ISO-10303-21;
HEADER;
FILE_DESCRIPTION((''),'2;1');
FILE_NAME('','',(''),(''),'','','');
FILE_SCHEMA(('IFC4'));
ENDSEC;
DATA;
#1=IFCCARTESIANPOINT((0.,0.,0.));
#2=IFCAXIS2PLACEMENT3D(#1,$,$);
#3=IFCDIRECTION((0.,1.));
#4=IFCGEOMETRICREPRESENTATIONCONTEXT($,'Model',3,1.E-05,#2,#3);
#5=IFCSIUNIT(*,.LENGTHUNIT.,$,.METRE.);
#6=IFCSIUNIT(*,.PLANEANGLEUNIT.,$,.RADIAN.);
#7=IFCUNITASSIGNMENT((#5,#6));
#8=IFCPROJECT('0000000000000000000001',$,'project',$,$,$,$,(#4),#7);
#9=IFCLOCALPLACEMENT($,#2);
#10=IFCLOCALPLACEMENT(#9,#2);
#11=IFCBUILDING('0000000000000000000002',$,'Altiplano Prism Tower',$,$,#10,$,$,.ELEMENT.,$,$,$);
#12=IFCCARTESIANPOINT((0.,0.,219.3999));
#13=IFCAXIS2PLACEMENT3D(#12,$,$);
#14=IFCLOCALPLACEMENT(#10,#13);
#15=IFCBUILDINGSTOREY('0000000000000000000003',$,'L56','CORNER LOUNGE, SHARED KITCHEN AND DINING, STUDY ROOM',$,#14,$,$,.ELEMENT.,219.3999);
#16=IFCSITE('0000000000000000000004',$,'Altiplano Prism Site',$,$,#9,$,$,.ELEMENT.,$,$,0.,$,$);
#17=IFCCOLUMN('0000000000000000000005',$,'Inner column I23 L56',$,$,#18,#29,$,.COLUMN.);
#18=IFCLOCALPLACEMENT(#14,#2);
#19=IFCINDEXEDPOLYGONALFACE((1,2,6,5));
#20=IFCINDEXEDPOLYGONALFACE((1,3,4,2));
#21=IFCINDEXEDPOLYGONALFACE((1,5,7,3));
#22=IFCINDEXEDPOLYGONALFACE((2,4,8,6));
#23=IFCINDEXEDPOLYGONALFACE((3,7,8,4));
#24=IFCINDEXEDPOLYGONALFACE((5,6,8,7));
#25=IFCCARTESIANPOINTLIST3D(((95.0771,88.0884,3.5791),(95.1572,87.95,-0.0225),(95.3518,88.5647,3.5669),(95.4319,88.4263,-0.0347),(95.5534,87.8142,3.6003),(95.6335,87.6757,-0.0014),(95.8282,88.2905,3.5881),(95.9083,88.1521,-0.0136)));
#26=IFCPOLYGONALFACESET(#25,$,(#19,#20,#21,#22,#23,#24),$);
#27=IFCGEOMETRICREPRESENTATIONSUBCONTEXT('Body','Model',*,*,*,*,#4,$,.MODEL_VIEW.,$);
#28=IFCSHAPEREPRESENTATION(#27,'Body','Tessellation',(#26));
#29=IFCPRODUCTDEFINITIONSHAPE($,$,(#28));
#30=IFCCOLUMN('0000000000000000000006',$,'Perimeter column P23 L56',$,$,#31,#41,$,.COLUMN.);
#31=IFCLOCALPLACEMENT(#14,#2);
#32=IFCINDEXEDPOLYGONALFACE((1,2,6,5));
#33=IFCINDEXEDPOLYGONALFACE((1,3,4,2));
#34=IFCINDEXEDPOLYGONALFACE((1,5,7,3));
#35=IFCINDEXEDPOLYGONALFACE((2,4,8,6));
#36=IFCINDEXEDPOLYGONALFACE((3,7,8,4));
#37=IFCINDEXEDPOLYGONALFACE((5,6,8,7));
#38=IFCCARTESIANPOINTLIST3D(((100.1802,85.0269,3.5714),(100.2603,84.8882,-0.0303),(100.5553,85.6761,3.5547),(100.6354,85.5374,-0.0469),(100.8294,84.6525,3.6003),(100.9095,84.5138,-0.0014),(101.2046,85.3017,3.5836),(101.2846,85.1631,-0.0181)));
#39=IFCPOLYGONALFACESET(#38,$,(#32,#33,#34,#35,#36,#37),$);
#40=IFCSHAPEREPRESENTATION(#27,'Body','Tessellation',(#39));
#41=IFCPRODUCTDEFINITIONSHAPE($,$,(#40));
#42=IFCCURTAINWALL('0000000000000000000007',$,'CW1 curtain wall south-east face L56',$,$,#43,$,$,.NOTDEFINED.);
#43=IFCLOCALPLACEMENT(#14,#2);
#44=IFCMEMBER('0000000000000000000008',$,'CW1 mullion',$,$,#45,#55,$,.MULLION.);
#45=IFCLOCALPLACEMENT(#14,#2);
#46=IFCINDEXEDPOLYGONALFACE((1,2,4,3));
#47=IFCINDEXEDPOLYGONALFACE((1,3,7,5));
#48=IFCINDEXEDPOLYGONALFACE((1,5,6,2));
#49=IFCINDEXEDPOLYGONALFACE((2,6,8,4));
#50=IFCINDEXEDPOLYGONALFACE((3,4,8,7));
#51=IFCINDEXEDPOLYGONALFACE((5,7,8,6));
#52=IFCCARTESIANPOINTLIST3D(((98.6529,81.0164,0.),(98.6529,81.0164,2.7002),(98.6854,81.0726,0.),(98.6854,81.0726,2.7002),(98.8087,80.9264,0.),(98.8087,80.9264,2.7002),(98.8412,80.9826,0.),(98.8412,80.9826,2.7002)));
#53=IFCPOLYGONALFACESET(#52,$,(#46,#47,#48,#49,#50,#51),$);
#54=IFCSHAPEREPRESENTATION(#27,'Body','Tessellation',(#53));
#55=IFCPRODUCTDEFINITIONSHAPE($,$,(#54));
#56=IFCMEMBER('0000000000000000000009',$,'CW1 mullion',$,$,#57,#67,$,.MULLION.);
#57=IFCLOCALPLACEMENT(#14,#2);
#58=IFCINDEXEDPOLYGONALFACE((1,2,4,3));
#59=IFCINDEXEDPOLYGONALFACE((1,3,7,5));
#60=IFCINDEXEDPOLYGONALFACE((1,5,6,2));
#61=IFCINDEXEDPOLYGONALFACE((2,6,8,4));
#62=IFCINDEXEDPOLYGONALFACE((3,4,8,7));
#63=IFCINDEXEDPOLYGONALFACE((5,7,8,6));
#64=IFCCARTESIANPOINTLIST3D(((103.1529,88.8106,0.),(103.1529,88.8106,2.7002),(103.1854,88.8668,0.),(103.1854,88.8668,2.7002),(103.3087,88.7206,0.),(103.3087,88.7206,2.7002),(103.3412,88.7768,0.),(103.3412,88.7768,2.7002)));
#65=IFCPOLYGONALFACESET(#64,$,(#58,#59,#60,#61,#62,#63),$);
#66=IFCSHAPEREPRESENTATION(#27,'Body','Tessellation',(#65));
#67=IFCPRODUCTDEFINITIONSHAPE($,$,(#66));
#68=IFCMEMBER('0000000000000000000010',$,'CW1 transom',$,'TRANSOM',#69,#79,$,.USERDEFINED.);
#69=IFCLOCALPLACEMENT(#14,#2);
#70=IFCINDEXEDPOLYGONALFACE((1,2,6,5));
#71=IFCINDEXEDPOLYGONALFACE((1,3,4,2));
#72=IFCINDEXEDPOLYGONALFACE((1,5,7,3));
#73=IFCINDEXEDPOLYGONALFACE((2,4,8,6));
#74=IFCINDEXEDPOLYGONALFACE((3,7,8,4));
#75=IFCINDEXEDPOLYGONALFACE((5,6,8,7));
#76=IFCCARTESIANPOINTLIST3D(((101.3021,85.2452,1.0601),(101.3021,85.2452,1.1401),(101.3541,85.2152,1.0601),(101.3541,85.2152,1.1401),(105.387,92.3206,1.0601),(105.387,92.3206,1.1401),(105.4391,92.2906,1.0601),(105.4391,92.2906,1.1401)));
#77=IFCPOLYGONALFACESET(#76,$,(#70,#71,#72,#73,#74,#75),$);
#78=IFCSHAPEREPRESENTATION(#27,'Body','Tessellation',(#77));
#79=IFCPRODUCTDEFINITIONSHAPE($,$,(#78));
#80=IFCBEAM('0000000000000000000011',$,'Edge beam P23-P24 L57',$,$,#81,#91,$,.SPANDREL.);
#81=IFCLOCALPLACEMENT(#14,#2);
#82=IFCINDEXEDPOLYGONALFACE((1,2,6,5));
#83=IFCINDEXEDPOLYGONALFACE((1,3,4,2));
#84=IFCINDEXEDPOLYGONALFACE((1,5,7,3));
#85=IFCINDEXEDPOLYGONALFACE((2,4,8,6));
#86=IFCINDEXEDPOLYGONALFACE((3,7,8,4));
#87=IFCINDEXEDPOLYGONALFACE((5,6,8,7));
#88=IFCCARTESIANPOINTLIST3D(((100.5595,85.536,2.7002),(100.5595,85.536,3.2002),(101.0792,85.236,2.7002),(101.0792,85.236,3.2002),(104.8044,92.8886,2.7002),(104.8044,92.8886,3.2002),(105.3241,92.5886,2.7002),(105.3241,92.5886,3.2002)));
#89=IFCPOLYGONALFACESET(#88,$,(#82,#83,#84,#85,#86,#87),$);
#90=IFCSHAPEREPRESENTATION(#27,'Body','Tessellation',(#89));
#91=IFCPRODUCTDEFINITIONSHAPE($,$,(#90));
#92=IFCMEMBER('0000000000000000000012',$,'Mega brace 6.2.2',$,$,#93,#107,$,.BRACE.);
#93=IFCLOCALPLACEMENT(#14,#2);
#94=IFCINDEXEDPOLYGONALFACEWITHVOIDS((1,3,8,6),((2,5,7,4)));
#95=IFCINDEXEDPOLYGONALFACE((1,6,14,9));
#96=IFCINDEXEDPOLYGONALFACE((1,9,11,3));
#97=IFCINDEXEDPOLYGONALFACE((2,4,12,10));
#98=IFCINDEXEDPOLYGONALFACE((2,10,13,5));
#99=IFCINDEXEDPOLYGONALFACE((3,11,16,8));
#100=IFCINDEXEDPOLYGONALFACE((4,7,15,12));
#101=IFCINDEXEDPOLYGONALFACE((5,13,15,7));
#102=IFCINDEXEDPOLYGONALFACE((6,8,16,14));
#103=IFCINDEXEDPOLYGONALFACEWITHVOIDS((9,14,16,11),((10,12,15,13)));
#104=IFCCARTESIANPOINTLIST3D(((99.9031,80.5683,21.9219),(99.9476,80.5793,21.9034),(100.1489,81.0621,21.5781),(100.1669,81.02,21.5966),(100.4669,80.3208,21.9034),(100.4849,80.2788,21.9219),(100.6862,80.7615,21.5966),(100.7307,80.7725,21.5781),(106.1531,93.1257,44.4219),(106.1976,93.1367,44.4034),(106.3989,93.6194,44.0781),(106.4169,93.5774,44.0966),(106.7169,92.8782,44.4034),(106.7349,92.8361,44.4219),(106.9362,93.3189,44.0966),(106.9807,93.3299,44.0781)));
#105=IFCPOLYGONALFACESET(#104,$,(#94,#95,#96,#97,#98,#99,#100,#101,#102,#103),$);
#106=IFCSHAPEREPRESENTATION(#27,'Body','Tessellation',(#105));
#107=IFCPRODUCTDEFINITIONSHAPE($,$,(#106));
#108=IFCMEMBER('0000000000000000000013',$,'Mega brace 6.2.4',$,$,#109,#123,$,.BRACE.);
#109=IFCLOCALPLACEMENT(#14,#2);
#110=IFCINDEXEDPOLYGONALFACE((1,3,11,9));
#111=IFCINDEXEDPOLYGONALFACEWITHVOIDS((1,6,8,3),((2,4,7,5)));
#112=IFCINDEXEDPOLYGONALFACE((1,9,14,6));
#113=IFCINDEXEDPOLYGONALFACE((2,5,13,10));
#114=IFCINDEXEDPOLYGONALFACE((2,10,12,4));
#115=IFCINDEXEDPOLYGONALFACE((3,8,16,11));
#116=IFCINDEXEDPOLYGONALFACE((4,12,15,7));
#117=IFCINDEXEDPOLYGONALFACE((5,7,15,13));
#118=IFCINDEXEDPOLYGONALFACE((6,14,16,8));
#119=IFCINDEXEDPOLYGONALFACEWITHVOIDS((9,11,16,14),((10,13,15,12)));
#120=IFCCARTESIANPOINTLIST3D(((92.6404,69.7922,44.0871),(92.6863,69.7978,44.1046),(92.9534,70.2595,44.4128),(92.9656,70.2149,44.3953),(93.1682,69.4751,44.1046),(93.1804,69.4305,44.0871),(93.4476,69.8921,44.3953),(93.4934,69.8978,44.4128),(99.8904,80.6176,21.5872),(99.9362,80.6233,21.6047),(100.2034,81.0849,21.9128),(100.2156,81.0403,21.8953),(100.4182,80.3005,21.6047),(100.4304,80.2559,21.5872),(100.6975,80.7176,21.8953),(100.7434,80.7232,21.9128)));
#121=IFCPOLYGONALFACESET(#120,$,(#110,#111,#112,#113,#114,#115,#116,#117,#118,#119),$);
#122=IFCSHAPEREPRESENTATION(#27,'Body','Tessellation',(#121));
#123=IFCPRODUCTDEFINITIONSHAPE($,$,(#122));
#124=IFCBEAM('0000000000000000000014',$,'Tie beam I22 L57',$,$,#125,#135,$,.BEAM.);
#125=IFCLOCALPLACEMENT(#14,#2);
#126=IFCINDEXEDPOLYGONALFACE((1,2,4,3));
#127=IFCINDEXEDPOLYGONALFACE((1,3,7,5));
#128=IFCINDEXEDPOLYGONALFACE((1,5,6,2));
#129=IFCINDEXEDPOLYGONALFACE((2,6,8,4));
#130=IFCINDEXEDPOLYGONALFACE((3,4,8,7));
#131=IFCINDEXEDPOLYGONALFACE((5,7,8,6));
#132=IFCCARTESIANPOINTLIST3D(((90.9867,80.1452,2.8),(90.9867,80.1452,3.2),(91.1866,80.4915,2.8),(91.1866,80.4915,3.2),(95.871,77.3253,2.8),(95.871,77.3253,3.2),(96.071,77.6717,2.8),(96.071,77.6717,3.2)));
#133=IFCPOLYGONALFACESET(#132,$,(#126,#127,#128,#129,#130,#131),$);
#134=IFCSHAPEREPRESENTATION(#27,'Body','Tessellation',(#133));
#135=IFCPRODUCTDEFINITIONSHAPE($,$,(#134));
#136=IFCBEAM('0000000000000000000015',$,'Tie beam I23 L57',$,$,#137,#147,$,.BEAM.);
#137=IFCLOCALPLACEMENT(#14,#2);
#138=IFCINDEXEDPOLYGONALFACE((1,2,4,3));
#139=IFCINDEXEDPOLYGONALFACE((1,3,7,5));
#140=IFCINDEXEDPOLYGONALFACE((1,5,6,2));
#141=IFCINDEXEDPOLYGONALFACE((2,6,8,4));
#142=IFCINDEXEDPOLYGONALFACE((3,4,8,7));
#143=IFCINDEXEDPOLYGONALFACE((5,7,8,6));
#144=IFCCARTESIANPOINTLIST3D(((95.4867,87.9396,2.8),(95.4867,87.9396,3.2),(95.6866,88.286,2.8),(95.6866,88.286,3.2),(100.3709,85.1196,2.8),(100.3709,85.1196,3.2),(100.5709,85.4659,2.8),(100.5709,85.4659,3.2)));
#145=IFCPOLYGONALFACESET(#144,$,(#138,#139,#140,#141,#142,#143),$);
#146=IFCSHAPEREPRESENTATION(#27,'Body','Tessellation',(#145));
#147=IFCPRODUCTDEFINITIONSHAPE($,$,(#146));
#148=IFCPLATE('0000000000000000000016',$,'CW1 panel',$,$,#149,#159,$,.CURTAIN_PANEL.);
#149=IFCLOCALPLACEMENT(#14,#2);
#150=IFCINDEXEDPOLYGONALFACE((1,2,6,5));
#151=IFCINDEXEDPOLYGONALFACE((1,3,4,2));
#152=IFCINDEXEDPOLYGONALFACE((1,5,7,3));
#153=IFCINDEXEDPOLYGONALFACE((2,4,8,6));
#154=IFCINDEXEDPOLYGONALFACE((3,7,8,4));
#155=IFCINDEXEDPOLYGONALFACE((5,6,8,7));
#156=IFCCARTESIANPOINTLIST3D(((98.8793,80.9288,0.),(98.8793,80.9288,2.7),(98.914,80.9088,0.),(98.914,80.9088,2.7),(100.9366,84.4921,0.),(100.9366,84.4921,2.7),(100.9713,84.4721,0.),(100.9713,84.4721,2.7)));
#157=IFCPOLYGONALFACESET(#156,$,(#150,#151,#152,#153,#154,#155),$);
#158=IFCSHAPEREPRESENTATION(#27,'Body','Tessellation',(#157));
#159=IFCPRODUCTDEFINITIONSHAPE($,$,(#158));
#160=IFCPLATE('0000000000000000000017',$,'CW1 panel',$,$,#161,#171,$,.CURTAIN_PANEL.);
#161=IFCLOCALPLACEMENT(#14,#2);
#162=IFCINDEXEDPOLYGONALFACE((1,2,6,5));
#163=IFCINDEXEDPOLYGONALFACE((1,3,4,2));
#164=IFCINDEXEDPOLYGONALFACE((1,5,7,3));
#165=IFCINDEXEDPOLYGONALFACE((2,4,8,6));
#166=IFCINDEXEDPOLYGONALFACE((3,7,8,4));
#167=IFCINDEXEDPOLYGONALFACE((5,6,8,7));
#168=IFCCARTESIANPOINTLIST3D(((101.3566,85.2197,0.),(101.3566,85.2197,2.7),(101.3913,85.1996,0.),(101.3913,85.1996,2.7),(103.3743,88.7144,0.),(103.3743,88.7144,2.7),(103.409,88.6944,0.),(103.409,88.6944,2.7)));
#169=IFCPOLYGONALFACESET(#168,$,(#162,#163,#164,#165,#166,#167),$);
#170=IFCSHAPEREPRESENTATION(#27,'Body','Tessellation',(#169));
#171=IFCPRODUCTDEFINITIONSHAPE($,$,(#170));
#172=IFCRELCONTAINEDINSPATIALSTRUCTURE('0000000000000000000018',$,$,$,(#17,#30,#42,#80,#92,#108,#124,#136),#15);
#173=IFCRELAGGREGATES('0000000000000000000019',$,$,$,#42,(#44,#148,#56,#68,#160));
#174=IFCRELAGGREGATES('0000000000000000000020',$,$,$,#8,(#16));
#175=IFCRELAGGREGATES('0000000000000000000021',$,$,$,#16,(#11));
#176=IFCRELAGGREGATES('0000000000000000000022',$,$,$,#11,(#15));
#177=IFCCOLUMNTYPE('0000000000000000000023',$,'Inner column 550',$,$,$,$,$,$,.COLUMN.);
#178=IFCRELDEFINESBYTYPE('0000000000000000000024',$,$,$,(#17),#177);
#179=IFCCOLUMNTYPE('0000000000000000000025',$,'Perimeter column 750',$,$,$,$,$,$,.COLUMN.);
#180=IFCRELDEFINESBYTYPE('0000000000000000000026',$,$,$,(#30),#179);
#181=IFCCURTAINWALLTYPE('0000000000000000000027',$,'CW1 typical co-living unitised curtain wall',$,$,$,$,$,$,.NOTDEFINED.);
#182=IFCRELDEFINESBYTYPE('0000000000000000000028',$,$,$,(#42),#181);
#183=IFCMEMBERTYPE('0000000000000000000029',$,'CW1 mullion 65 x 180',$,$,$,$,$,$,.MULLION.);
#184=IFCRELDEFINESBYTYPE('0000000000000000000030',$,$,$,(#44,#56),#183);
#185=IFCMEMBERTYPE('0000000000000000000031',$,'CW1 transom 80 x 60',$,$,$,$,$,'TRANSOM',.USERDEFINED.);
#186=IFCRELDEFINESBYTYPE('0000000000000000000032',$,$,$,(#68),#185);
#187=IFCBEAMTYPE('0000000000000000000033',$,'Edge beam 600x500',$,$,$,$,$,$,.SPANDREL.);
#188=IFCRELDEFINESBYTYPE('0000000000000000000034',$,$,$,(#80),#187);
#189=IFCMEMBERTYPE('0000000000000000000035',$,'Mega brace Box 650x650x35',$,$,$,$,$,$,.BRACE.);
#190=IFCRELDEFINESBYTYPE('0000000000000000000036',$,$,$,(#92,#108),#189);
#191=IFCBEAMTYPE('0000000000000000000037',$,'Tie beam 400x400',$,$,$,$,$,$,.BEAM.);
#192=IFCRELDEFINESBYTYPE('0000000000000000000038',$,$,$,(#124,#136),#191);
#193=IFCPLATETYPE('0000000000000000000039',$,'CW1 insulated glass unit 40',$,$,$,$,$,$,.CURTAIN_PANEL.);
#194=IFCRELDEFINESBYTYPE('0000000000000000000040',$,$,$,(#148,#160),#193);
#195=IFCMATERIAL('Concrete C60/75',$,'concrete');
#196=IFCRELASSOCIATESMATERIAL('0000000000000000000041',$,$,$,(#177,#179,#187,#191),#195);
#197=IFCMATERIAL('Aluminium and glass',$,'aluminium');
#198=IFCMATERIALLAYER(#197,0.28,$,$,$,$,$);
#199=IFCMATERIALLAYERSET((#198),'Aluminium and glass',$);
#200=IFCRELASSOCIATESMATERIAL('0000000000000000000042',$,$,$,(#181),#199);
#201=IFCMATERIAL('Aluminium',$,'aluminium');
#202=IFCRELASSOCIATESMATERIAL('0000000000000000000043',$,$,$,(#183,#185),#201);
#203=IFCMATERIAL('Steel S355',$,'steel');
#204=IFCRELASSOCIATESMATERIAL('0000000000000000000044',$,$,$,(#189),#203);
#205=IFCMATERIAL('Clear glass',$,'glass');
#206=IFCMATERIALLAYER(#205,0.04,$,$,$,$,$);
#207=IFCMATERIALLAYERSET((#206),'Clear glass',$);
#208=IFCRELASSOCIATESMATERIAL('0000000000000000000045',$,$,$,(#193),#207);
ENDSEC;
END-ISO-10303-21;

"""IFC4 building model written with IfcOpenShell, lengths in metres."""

from ifc_helpers import new_model, si_unit, direction, frame, origin, origin_2d, place, context, subcontext, project, spatial, rectangle, hollow_rectangle, extrude, material, layer, layer_set, material_profile, profile_set, type_object, element, aggregate, save


model = new_model("IFC4")

# Units and contexts
model_context = context("Model", 3, precision=1e-05, world=origin(), true_north=direction((0.0, 1.0)))
body_context = subcontext(model_context, "Body", "Model", "MODEL_VIEW")
ifc_project = project(units=[si_unit("LENGTHUNIT", "METRE"), si_unit("PLANEANGLEUNIT", "RADIAN")], contexts=[model_context])

# Site, building, storey
site_placement = place(None, origin())
site = spatial("IfcSite", under=ifc_project, at=site_placement, Name="Altiplano Prism Site", CompositionType="ELEMENT", RefElevation=0.0)
building_placement = place(site_placement, origin())
building = spatial("IfcBuilding", under=site, at=building_placement, Name="Altiplano Prism Tower", CompositionType="ELEMENT")
storey_placement = place(building_placement, frame((0.0, 0.0, 219.3999)))
storey = spatial("IfcBuildingStorey", under=building, at=storey_placement, Name="L56", Description="CORNER LOUNGE, SHARED KITCHEN AND DINING, STUDY ROOM", CompositionType="ELEMENT", Elevation=219.3999)

# Columns
ifc_material_1 = material(Name="Concrete C60/75", Category="concrete")
ifc_material_profile_1 = material_profile(ifc_material_1, rectangle(XDim=0.55, YDim=0.55, at=origin_2d()), Name="Inner column 550")
ifc_profile_set_1 = profile_set([ifc_material_profile_1], Name="Concrete C60/75")
column_type_1 = type_object("IfcColumnType", Name="Inner column 550", PredefinedType="COLUMN", material=ifc_profile_set_1)
column_1_placement = place(storey_placement, frame((95.5327, 88.051, -0.0181), z_axis=(-0.022212, 0.038398, 0.999016), x_axis=(-0.499508, -0.866025, 0.02218)))
element("IfcColumn", 1, at=column_1_placement, inside=storey, type_object=column_type_1, Name="Inner column I23 L56", PredefinedType="COLUMN", context=body_context, shape_type="SweptSolid", body=[
    extrude(rectangle(XDim=0.55, YDim=0.55, at=origin_2d()), origin(), (0.0, 0.0, 1.0), 3.6052),
])
ifc_material_profile_2 = material_profile(ifc_material_1, rectangle(XDim=0.75, YDim=0.75, at=origin_2d()), Name="Perimeter column 750")
ifc_profile_set_2 = profile_set([ifc_material_profile_2], Name="Concrete C60/75")
column_type_2 = type_object("IfcColumnType", Name="Perimeter column 750", PredefinedType="COLUMN", material=ifc_profile_set_2)
column_2_placement = place(storey_placement, frame((100.7725, 85.0256, -0.0242), z_axis=(-0.022212, 0.038465, 0.999013), x_axis=(-0.50017, -0.865643, 0.022209)))
element("IfcColumn", 2, at=column_2_placement, inside=storey, type_object=column_type_2, Name="Perimeter column P23 L56", PredefinedType="COLUMN", context=body_context, shape_type="SweptSolid", body=[
    extrude(rectangle(XDim=0.75, YDim=0.75, at=origin_2d()), origin(), (0.0, 0.0, 1.0), 3.6052),
])

# Curtain wall, members
ifc_material_2 = material(Name="Aluminium and glass", Category="aluminium")
ifc_layer_1 = layer(ifc_material_2, 0.28)
ifc_layer_set_1 = layer_set([ifc_layer_1], Name="Aluminium and glass")
curtain_wall_type = type_object("IfcCurtainWallType", Name="CW1 typical co-living unitised curtain wall", PredefinedType="NOTDEFINED", material=ifc_layer_set_1)
curtain_wall_placement = place(storey_placement, origin())
curtain_wall = element("IfcCurtainWall", 3, at=curtain_wall_placement, inside=storey, type_object=curtain_wall_type, Name="CW1 curtain wall south-east face L56", PredefinedType="NOTDEFINED")
ifc_material_3 = material(Name="Aluminium", Category="aluminium")
ifc_material_profile_3 = material_profile(ifc_material_3, rectangle(XDim=0.1799, YDim=0.0649, at=origin_2d()), Name="CW1 mullion 65 x 180")
ifc_profile_set_3 = profile_set([ifc_material_profile_3], Name="Aluminium")
member_type_1 = type_object("IfcMemberType", Name="CW1 mullion 65 x 180", PredefinedType="MULLION", material=ifc_profile_set_3)
member_1_placement = place(storey_placement, frame((98.7471, 80.9995, 0.0), z_axis=(0.0, 0.0, 1.0), x_axis=(-0.866025, 0.5, 0.0)))
member_1 = element("IfcMember", 4, at=member_1_placement, type_object=member_type_1, Name="CW1 mullion", PredefinedType="MULLION", context=body_context, shape_type="SweptSolid", body=[
    extrude(rectangle(XDim=0.1799, YDim=0.0649, at=origin_2d()), origin(), (0.0, 0.0, 1.0), 2.7002),
])
member_2_placement = place(storey_placement, frame((103.2471, 88.7937, 0.0), z_axis=(0.0, 0.0, 1.0), x_axis=(-0.866025, 0.5, 0.0)))
member_2 = element("IfcMember", 5, at=member_2_placement, type_object=member_type_1, Name="CW1 mullion", PredefinedType="MULLION", context=body_context, shape_type="SweptSolid", body=[
    extrude(rectangle(XDim=0.1799, YDim=0.0649, at=origin_2d()), origin(), (0.0, 0.0, 1.0), 2.7002),
])
ifc_material_profile_4 = material_profile(ifc_material_3, rectangle(XDim=0.0601, YDim=0.0801, at=origin_2d()), Name="CW1 transom 80 x 60")
ifc_profile_set_4 = profile_set([ifc_material_profile_4], Name="Aluminium")
member_type_2 = type_object("IfcMemberType", Name="CW1 transom 80 x 60", ElementType="TRANSOM", PredefinedType="USERDEFINED", material=ifc_profile_set_4)
member_3_placement = place(storey_placement, frame((101.3281, 85.2302, 1.1001), z_axis=(0.499996, 0.866028, 0.0), x_axis=(-0.866028, 0.499996, 0.0)))
member_3 = element("IfcMember", 6, at=member_3_placement, type_object=member_type_2, Name="CW1 transom", ObjectType="TRANSOM", PredefinedType="USERDEFINED", context=body_context, shape_type="SweptSolid", body=[
    extrude(rectangle(XDim=0.0601, YDim=0.0801, at=origin_2d()), origin(), (0.0, 0.0, 1.0), 8.1699),
])

# Beam
ifc_material_profile_5 = material_profile(ifc_material_1, rectangle(XDim=0.6001, YDim=0.5, at=origin_2d()), Name="Edge beam 600x500")
ifc_profile_set_5 = profile_set([ifc_material_profile_5], Name="Concrete C60/75")
beam_type_1 = type_object("IfcBeamType", Name="Edge beam 600x500", PredefinedType="SPANDREL", material=ifc_profile_set_5)
beam_placement = place(storey_placement, frame((100.8193, 85.386, 2.9502), z_axis=(0.49999, 0.866031, 0.0), x_axis=(-0.866031, 0.49999, 0.0)))
element("IfcBeam", 7, at=beam_placement, inside=storey, type_object=beam_type_1, Name="Edge beam P23-P24 L57", PredefinedType="SPANDREL", context=body_context, shape_type="SweptSolid", body=[
    extrude(rectangle(XDim=0.6001, YDim=0.5, at=origin_2d()), origin(), (0.0, 0.0, 1.0), 8.49),
])

# Members
ifc_material_4 = material(Name="Steel S355", Category="steel")
ifc_material_profile_6 = material_profile(ifc_material_4, hollow_rectangle(XDim=0.6499, YDim=0.6499, WallThickness=0.0349, at=origin_2d()), Name="Mega brace Box 650x650x35")
ifc_profile_set_6 = profile_set([ifc_material_profile_6], Name="Steel S355")
member_type_3 = type_object("IfcMemberType", Name="Mega brace Box 650x650x35", PredefinedType="BRACE", material=ifc_profile_set_6)
member_4_placement = place(storey_placement, frame((100.3169, 80.6704, 21.75), z_axis=(0.235723, 0.47361, 0.848604), x_axis=(-0.895244, 0.445577, 0.0)))
element("IfcMember", 8, at=member_4_placement, inside=storey, type_object=member_type_3, Name="Mega brace 6.2.2", PredefinedType="BRACE", context=body_context, shape_type="SweptSolid", body=[
    extrude(hollow_rectangle(XDim=0.6499, YDim=0.6499, WallThickness=0.0349, at=origin_2d()), origin(), (0.0, 0.0, 1.0), 26.5142),
])
member_5_placement = place(storey_placement, frame((100.3169, 80.6704, 21.75), z_axis=(-0.278846, -0.416362, 0.865383), x_axis=(0.830878, -0.556455, 0.0)))
element("IfcMember", 9, at=member_5_placement, inside=storey, type_object=member_type_3, Name="Mega brace 6.2.4", PredefinedType="BRACE", context=body_context, shape_type="SweptSolid", body=[
    extrude(hollow_rectangle(XDim=0.6499, YDim=0.6499, WallThickness=0.0349, at=origin_2d()), origin(), (0.0, 0.0, 1.0), 26.0),
])

# Beams
ifc_material_profile_7 = material_profile(ifc_material_1, rectangle(XDim=0.3999, YDim=0.3999, at=origin_2d()), Name="Tie beam 400x400")
ifc_profile_set_7 = profile_set([ifc_material_profile_7], Name="Concrete C60/75")
beam_type_2 = type_object("IfcBeamType", Name="Tie beam 400x400", PredefinedType="BEAM", material=ifc_profile_set_7)
for number, where, z_axis, x_axis, name in (
    (10, (91.0867, 80.3184, 3.0), (0.866034, -0.499985, 0.0), (0.499985, 0.866034, 0.0), "Tie beam I22 L57"),
    (11, (95.5867, 88.1128, 3.0), (0.866015, -0.500017, 0.0), (0.500017, 0.866015, 0.0), "Tie beam I23 L57"),
):
    element("IfcBeam", number, at=place(storey_placement, frame(where, z_axis=z_axis, x_axis=x_axis)), inside=storey, type_object=beam_type_2, Name=name, PredefinedType="BEAM", context=body_context, shape_type="SweptSolid", body=[
        extrude(rectangle(XDim=0.3999, YDim=0.3999, at=origin_2d()), origin(), (0.0, 0.0, 1.0), 5.6399),
    ])

# Plates
ifc_material_5 = material(Name="Clear glass", Category="glass")
ifc_layer_2 = layer(ifc_material_5, 0.04)
ifc_layer_set_2 = layer_set([ifc_layer_2], Name="Clear glass")
plate_type = type_object("IfcPlateType", Name="CW1 insulated glass unit 40", PredefinedType="CURTAIN_PANEL", material=ifc_layer_set_2)
plate_1_placement = place(storey_placement, frame((99.9253, 82.7004, 0.0), z_axis=(0.0, 0.0, 1.0), x_axis=(0.5, 0.866025, 0.0)))
plate_1 = element("IfcPlate", 12, at=plate_1_placement, type_object=plate_type, Name="CW1 panel", PredefinedType="CURTAIN_PANEL", context=body_context, shape_type="SweptSolid", body=[
    extrude(rectangle(XDim=4.1145, YDim=0.04, at=origin_2d()), origin(), (0.0, 0.0, 1.0), 2.7),
])
plate_2_placement = place(storey_placement, frame((102.3828, 86.957, 0.0), z_axis=(0.0, 0.0, 1.0), x_axis=(0.5, 0.866025, 0.0)))
plate_2 = element("IfcPlate", 13, at=plate_2_placement, type_object=plate_type, Name="CW1 panel", PredefinedType="CURTAIN_PANEL", context=body_context, shape_type="SweptSolid", body=[
    extrude(rectangle(XDim=4.0354, YDim=0.04, at=origin_2d()), origin(), (0.0, 0.0, 1.0), 2.7),
])
aggregate(curtain_wall, [member_1, plate_1, member_2, member_3, plate_2])

save(model, "model.ifc")
